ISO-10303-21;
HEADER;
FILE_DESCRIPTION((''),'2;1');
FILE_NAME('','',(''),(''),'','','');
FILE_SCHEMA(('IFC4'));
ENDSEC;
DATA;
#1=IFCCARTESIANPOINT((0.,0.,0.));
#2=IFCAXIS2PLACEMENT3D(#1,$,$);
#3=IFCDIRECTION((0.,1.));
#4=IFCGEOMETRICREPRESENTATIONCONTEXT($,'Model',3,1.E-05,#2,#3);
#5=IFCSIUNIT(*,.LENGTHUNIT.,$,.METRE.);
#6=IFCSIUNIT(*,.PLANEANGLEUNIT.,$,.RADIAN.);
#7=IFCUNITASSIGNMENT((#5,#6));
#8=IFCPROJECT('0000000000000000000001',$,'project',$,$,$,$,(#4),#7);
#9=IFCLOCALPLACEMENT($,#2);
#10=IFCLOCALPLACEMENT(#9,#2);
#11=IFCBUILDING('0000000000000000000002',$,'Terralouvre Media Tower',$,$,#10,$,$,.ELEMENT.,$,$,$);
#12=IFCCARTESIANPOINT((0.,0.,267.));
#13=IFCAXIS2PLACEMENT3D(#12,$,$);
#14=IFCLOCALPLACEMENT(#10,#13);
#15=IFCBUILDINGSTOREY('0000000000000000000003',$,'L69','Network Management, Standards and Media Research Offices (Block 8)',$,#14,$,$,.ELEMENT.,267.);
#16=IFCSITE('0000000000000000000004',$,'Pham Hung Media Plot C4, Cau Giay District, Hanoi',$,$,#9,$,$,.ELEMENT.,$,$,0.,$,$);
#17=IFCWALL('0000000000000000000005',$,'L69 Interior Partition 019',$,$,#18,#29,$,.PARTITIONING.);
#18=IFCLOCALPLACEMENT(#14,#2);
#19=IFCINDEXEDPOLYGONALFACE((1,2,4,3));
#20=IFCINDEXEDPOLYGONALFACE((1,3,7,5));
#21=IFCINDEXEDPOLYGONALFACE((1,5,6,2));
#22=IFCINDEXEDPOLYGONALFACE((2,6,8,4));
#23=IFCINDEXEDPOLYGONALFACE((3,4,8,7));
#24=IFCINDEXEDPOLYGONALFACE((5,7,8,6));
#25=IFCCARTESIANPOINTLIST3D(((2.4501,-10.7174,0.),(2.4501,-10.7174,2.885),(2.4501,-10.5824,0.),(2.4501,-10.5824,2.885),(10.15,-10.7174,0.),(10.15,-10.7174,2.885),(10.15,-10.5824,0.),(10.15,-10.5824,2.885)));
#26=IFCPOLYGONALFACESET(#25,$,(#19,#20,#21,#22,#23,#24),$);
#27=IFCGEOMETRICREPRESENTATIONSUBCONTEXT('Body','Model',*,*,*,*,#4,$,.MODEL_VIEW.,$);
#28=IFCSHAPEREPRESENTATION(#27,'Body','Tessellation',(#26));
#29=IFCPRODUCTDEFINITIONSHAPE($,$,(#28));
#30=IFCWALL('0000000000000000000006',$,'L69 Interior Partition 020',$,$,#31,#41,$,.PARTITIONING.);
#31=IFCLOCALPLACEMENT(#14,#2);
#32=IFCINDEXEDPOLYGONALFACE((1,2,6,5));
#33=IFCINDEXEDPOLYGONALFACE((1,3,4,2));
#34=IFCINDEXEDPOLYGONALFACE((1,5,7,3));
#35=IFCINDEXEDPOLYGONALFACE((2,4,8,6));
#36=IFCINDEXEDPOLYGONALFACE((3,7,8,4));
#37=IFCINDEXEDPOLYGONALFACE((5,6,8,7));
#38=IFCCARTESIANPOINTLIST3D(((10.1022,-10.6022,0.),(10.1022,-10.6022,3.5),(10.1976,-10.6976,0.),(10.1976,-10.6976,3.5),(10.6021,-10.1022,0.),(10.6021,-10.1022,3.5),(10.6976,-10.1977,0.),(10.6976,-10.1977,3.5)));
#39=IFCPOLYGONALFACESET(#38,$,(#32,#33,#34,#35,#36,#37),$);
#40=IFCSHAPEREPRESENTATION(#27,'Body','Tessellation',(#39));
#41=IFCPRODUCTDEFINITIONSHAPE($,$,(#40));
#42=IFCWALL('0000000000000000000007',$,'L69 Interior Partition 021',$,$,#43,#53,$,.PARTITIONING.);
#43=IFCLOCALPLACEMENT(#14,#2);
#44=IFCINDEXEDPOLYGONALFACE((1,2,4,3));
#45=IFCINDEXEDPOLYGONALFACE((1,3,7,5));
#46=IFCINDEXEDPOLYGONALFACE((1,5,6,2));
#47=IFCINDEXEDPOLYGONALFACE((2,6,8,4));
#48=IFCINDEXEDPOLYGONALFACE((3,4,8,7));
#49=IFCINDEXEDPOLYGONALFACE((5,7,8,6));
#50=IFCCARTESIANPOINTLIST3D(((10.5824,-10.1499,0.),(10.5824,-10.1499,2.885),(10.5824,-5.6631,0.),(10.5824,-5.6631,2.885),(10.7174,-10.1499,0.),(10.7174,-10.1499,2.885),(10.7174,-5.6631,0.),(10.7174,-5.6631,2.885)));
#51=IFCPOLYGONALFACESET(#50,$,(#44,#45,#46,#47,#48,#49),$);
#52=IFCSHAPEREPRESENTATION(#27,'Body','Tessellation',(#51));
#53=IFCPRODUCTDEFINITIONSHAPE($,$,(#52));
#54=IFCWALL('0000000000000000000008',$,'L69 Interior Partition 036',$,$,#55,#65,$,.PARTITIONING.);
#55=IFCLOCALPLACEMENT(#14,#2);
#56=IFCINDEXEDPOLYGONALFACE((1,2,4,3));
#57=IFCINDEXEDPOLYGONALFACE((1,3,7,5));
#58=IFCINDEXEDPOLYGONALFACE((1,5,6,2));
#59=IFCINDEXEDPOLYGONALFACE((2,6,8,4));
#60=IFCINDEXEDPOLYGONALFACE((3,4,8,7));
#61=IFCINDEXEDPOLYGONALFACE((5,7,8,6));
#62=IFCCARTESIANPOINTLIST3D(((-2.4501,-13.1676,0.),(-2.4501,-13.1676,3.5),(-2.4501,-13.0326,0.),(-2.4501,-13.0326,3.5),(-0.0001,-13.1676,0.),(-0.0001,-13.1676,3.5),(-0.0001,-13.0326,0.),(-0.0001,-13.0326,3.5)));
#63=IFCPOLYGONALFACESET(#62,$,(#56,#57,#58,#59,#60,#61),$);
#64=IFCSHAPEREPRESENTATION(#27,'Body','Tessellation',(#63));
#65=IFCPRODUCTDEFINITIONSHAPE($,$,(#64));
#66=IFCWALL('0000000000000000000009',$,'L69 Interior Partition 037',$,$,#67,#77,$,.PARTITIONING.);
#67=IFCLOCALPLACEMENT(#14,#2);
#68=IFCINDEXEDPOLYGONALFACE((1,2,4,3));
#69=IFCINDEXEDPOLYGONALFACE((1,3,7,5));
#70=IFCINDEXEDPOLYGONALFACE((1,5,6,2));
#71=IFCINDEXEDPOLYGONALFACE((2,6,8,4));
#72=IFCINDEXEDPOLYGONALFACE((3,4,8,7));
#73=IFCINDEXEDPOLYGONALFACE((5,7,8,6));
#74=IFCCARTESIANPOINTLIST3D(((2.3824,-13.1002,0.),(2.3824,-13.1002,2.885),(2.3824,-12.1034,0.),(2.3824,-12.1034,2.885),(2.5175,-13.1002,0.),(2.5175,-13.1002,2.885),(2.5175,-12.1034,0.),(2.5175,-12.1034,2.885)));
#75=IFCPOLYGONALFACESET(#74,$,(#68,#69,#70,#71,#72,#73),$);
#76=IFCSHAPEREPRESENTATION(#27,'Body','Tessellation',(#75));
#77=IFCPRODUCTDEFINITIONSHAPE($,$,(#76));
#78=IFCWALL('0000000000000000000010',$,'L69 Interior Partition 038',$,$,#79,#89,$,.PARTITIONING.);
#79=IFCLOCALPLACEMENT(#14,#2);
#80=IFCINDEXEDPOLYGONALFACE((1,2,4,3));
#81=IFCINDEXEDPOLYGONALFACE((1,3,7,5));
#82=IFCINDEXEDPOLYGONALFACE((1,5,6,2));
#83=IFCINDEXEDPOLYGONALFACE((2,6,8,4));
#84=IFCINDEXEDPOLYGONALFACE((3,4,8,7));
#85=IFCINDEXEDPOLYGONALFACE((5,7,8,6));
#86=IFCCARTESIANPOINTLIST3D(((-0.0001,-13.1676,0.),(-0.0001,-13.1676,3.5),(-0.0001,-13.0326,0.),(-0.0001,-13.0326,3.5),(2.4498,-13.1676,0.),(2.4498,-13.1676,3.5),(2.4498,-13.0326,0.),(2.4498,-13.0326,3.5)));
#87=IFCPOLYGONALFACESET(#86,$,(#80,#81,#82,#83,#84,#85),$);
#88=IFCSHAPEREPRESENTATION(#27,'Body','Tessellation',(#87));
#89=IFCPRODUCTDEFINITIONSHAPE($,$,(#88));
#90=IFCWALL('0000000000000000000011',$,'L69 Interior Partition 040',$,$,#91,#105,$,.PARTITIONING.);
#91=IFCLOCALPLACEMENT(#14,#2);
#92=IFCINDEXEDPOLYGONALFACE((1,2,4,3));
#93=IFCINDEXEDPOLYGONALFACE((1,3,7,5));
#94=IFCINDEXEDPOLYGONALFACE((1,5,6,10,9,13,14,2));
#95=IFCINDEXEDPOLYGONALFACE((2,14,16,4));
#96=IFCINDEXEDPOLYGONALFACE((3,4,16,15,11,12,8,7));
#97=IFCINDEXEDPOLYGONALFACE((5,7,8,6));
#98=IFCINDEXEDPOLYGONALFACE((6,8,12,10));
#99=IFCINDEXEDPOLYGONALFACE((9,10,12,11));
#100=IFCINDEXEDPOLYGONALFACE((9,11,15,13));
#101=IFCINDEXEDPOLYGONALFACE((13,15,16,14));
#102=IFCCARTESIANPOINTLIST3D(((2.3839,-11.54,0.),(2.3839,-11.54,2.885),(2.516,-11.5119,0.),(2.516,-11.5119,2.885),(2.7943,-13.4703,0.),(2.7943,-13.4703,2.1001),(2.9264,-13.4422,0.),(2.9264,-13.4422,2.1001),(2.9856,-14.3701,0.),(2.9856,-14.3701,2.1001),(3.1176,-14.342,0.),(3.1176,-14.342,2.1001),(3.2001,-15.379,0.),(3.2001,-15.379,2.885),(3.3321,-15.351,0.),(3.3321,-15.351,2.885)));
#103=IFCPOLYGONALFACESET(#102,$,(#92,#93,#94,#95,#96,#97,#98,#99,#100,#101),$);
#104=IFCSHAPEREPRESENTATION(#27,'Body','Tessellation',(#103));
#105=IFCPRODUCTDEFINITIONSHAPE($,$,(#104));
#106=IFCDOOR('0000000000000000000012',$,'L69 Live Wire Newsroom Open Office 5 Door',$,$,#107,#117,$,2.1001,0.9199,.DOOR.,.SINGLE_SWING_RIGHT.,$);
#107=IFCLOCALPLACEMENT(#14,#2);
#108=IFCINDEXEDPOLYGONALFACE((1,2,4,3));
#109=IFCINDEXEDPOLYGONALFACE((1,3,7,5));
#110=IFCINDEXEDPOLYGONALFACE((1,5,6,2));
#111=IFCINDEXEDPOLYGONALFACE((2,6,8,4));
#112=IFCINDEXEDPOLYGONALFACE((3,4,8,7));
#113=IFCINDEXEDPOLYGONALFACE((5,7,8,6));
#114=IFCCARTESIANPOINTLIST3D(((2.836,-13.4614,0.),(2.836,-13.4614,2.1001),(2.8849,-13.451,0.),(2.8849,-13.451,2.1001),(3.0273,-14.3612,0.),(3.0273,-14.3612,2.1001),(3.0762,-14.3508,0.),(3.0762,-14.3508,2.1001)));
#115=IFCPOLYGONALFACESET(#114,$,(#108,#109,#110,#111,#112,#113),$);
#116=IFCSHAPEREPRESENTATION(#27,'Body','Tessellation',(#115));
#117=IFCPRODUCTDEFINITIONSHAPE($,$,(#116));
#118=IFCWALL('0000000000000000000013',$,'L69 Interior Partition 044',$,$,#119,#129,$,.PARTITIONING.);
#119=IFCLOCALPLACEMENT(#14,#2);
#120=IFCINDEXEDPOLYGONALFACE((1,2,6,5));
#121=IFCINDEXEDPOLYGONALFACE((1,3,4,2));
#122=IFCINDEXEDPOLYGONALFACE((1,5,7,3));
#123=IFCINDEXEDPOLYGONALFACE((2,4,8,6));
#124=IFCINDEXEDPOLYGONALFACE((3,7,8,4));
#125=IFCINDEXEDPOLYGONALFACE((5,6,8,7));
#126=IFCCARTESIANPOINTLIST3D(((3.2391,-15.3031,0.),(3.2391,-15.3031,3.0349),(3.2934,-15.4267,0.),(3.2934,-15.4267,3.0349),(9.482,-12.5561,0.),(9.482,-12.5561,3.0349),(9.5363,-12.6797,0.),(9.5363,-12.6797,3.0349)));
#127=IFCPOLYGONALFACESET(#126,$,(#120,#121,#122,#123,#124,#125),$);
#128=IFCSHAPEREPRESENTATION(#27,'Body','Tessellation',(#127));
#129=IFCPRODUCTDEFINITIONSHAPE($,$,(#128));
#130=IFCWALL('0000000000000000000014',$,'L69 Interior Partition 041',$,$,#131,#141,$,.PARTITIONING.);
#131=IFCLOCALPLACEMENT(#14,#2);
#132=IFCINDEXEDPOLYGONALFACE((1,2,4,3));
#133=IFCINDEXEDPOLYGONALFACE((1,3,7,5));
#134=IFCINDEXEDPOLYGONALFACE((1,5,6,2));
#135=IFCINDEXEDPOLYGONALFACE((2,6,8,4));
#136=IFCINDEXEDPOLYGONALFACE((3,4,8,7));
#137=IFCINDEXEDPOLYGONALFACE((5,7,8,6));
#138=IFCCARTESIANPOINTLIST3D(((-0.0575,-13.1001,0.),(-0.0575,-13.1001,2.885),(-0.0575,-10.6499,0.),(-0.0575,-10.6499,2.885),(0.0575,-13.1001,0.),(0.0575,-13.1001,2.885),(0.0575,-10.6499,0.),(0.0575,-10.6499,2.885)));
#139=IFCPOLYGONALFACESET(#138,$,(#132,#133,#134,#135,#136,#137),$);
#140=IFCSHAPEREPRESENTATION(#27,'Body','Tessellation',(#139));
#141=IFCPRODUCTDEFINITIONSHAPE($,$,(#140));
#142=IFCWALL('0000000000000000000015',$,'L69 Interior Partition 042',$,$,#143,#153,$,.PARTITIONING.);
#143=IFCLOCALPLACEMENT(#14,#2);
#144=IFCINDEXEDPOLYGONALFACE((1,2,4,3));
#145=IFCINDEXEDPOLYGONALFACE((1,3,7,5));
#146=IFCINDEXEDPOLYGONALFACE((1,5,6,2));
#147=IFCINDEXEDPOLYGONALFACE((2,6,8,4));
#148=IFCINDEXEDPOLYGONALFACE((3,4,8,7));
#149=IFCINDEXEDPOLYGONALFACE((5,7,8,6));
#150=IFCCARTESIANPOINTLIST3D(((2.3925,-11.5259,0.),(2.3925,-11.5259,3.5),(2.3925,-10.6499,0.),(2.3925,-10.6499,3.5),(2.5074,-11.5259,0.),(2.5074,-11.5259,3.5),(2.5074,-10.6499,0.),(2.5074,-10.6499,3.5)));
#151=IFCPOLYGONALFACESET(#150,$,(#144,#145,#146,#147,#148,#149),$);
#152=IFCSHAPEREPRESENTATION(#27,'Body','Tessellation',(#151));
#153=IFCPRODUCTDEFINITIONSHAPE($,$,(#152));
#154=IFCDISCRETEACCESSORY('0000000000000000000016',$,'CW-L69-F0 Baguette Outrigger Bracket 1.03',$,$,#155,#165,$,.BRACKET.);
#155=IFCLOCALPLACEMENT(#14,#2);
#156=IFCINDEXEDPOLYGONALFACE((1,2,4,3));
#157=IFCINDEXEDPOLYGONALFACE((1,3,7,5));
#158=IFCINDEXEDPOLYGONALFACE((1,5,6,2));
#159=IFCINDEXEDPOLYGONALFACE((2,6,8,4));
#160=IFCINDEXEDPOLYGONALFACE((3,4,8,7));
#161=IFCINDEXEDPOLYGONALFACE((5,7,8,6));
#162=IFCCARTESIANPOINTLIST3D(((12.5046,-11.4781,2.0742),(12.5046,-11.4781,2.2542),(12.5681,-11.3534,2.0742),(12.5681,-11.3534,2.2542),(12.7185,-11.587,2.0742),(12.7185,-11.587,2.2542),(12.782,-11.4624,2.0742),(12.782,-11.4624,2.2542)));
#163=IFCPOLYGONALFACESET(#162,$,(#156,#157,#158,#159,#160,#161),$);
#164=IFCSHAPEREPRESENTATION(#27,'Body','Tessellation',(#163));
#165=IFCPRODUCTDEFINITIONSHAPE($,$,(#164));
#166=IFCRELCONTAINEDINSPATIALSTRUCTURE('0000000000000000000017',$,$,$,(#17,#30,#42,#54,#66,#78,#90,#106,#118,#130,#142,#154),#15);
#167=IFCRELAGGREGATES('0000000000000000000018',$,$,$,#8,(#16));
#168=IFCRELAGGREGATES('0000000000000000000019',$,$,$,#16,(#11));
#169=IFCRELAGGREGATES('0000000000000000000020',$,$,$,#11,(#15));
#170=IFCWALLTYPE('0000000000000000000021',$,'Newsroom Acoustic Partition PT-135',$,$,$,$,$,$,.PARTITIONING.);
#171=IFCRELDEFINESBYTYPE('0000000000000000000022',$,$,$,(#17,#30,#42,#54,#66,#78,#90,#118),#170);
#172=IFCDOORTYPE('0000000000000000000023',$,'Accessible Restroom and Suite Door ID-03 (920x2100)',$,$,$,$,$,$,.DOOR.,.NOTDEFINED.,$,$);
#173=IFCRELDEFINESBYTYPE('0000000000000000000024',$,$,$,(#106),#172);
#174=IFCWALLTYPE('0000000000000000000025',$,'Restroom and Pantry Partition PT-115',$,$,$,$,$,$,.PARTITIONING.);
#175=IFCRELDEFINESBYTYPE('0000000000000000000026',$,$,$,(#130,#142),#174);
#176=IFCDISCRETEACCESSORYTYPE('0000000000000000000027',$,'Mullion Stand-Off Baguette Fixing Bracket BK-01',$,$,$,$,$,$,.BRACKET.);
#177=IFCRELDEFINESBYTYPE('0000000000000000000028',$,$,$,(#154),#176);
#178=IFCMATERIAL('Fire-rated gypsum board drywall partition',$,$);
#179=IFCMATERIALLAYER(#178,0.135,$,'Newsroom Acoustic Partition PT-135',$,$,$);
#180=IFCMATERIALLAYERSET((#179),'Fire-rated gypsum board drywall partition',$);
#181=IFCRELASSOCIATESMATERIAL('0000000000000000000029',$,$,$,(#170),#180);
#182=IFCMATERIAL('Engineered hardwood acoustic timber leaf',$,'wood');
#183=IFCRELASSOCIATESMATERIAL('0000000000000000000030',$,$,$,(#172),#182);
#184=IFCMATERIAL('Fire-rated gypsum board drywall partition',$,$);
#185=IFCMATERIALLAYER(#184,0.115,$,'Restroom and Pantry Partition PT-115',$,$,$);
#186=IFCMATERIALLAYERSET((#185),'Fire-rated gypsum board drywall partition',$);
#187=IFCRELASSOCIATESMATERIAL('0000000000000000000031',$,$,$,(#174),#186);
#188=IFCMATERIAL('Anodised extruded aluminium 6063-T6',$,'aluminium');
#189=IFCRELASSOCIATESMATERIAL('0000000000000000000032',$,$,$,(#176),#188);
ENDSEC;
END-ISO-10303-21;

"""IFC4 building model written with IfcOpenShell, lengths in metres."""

from ifc_helpers import new_model, si_unit, direction, frame, frame_2d, origin, origin_2d, place, context, subcontext, project, spatial, rectangle, extrude, material, layer, layer_set, type_object, element, fill, save


model = new_model("IFC4")

# Units and contexts
model_context = context("Model", 3, precision=1e-05, world=origin(), true_north=direction((0.0, 1.0)))
body_context = subcontext(model_context, "Body", "Model", "MODEL_VIEW")
ifc_project = project(units=[si_unit("LENGTHUNIT", "METRE"), si_unit("PLANEANGLEUNIT", "RADIAN")], contexts=[model_context])

# Site, building, storey
site_placement = place(None, origin())
site = spatial("IfcSite", under=ifc_project, at=site_placement, Name="Pham Hung Media Plot C4, Cau Giay District, Hanoi", CompositionType="ELEMENT", RefElevation=0.0)
building_placement = place(site_placement, origin())
building = spatial("IfcBuilding", under=site, at=building_placement, Name="Terralouvre Media Tower", CompositionType="ELEMENT")
storey_placement = place(building_placement, frame((0.0, 0.0, 267.0)))
storey = spatial("IfcBuildingStorey", under=building, at=storey_placement, Name="L69", Description="Network Management, Standards and Media Research Offices (Block 8)", CompositionType="ELEMENT", Elevation=267.0)

# Walls
ifc_material_1 = material(Name="Fire-rated gypsum board drywall partition")
ifc_layer_1 = layer(ifc_material_1, 0.135, Name="Newsroom Acoustic Partition PT-135")
ifc_layer_set_1 = layer_set([ifc_layer_1], Name="Fire-rated gypsum board drywall partition")
wall_type_1 = type_object("IfcWallType", Name="Newsroom Acoustic Partition PT-135", PredefinedType="PARTITIONING", material=ifc_layer_set_1)
wall_1_placement = place(storey_placement, frame((2.45, -10.6499, 0.0), z_axis=(0.0, 0.0, 1.0), x_axis=(1.0, 0.0, 0.0)))
element("IfcWall", 1, at=wall_1_placement, inside=storey, type_object=wall_type_1, Name="L69 Interior Partition 019", PredefinedType="PARTITIONING", context=body_context, shape_type="SweptSolid", body=[
    extrude(rectangle(XDim=7.7, YDim=0.135, at=frame_2d((3.8501, 0.0))), origin(), (0.0, 0.0, 1.0), 2.885),
])
wall_2_placement = place(storey_placement, frame((10.1499, -10.6499, 0.0), z_axis=(0.0, 0.0, 1.0), x_axis=(0.707107, 0.707107, 0.0)))
element("IfcWall", 2, at=wall_2_placement, inside=storey, type_object=wall_type_1, Name="L69 Interior Partition 020", PredefinedType="PARTITIONING", context=body_context, shape_type="SweptSolid", body=[
    extrude(rectangle(XDim=0.707, YDim=0.135, at=frame_2d((0.3535, 0.0))), origin(), (0.0, 0.0, 1.0), 3.5),
])
wall_3_placement = place(storey_placement, frame((10.6499, -10.1499, 0.0), z_axis=(0.0, 0.0, 1.0), x_axis=(0.0, 1.0, 0.0)))
element("IfcWall", 3, at=wall_3_placement, inside=storey, type_object=wall_type_1, Name="L69 Interior Partition 021", PredefinedType="PARTITIONING", context=body_context, shape_type="SweptSolid", body=[
    extrude(rectangle(XDim=4.4868, YDim=0.135, at=frame_2d((2.2434, 0.0))), origin(), (0.0, 0.0, 1.0), 2.885),
])
wall_4_placement = place(storey_placement, frame((0.0, -13.1001, 0.0), z_axis=(0.0, 0.0, 1.0), x_axis=(-1.0, 0.0, 0.0)))
element("IfcWall", 4, at=wall_4_placement, inside=storey, type_object=wall_type_1, Name="L69 Interior Partition 036", PredefinedType="PARTITIONING", context=body_context, shape_type="SweptSolid", body=[
    extrude(rectangle(XDim=2.45, YDim=0.135, at=frame_2d((1.2251, 0.0))), origin(), (0.0, 0.0, 1.0), 3.5),
])
wall_5_placement = place(storey_placement, frame((2.45, -12.1033, 0.0), z_axis=(0.0, 0.0, 1.0), x_axis=(0.0, -1.0, 0.0)))
element("IfcWall", 5, at=wall_5_placement, inside=storey, type_object=wall_type_1, Name="L69 Interior Partition 037", PredefinedType="PARTITIONING", context=body_context, shape_type="SweptSolid", body=[
    extrude(rectangle(XDim=0.9968, YDim=0.135, at=frame_2d((0.4985, 0.0))), origin(), (0.0, 0.0, 1.0), 2.885),
])
wall_6_placement = place(storey_placement, frame((2.45, -13.1001, 0.0), z_axis=(0.0, 0.0, 1.0), x_axis=(-1.0, 0.0, 0.0)))
element("IfcWall", 6, at=wall_6_placement, inside=storey, type_object=wall_type_1, Name="L69 Interior Partition 038", PredefinedType="PARTITIONING", context=body_context, shape_type="SweptSolid", body=[
    extrude(rectangle(XDim=2.45, YDim=0.135, at=frame_2d((1.2251, 0.0))), origin(), (0.0, 0.0, 1.0), 3.5),
])

# Wall, opening, door
wall_7_placement = place(storey_placement, frame((3.2661, -15.365, 0.0), z_axis=(0.0, 0.0, 1.0), x_axis=(-0.207944, 0.978141, 0.0)))
wall_7 = element("IfcWall", 7, at=wall_7_placement, inside=storey, type_object=wall_type_1, Name="L69 Interior Partition 040", PredefinedType="PARTITIONING", context=body_context, shape_type="SweptSolid", body=[
    extrude(rectangle(XDim=3.9248, YDim=0.135, at=frame_2d((1.9624, 0.0))), origin(), (0.0, 0.0, 1.0), 2.885),
])
opening_placement = place(wall_7_placement, frame((1.0315, 0.0, 0.0)))
opening = element("IfcOpeningElement", 8, at=opening_placement, cuts=wall_7, PredefinedType="OPENING", context=body_context, shape_type="SweptSolid", body=[
    extrude(rectangle(XDim=0.9199, YDim=2.1001, at=frame_2d((0.46, 1.05))), frame((0.0, 0.0774, 0.0), z_axis=(0.0, -1.0, 0.0), x_axis=(1.0, 0.0, 0.0)), (0.0, 0.0, 1.0), 0.155),
])
ifc_material_2 = material(Name="Engineered hardwood acoustic timber leaf", Category="wood")
door_type = type_object("IfcDoorType", Name="Accessible Restroom and Suite Door ID-03 (920x2100)", OperationType="NOTDEFINED", PredefinedType="DOOR", material=ifc_material_2)
door_placement = place(opening_placement, origin())
door = element("IfcDoor", 9, at=door_placement, inside=storey, type_object=door_type, Name="L69 Live Wire Newsroom Open Office 5 Door", OperationType="SINGLE_SWING_RIGHT", OverallHeight=2.1001, OverallWidth=0.9199, PredefinedType="DOOR", context=body_context, shape_type="SweptSolid", body=[
    extrude(rectangle(XDim=0.9199, YDim=2.1001, at=frame_2d((0.46, 1.05))), frame((0.0, 0.0249, 0.0), z_axis=(0.0, -1.0, 0.0), x_axis=(1.0, 0.0, 0.0)), (0.0, 0.0, 1.0), 0.05),
])
fill(opening, door)

# Walls
wall_8_placement = place(storey_placement, frame((9.509, -12.6179, 0.0), z_axis=(0.0, 0.0, 1.0), x_axis=(-0.915305, -0.402761, 0.0)))
element("IfcWall", 10, at=wall_8_placement, inside=storey, type_object=wall_type_1, Name="L69 Interior Partition 044", PredefinedType="PARTITIONING", context=body_context, shape_type="SweptSolid", body=[
    extrude(rectangle(XDim=6.8206, YDim=0.135, at=frame_2d((3.4102, 0.0))), origin(), (0.0, 0.0, 1.0), 3.0349),
])
ifc_material_3 = material(Name="Fire-rated gypsum board drywall partition")
ifc_layer_2 = layer(ifc_material_3, 0.115, Name="Restroom and Pantry Partition PT-115")
ifc_layer_set_2 = layer_set([ifc_layer_2], Name="Fire-rated gypsum board drywall partition")
wall_type_2 = type_object("IfcWallType", Name="Restroom and Pantry Partition PT-115", PredefinedType="PARTITIONING", material=ifc_layer_set_2)
wall_9_placement = place(storey_placement, frame((0.0, -13.1001, 0.0), z_axis=(0.0, 0.0, 1.0), x_axis=(0.0, 1.0, 0.0)))
element("IfcWall", 11, at=wall_9_placement, inside=storey, type_object=wall_type_2, Name="L69 Interior Partition 041", PredefinedType="PARTITIONING", context=body_context, shape_type="SweptSolid", body=[
    extrude(rectangle(XDim=2.4502, YDim=0.115, at=frame_2d((1.2251, 0.0))), origin(), (0.0, 0.0, 1.0), 2.885),
])
wall_10_placement = place(storey_placement, frame((2.45, -11.5259, 0.0), z_axis=(0.0, 0.0, 1.0), x_axis=(0.0, 1.0, 0.0)))
element("IfcWall", 12, at=wall_10_placement, inside=storey, type_object=wall_type_2, Name="L69 Interior Partition 042", PredefinedType="PARTITIONING", context=body_context, shape_type="SweptSolid", body=[
    extrude(rectangle(XDim=0.876, YDim=0.115, at=frame_2d((0.438, 0.0))), origin(), (0.0, 0.0, 1.0), 3.5),
])

# Discrete accessory
ifc_material_4 = material(Name="Anodised extruded aluminium 6063-T6", Category="aluminium")
discrete_accessory_type = type_object("IfcDiscreteAccessoryType", Name="Mullion Stand-Off Baguette Fixing Bracket BK-01", PredefinedType="BRACKET", material=ifc_material_4)
discrete_accessory_placement = place(storey_placement, frame((12.6433, -11.4702, 2.0742), z_axis=(0.0, 0.0, 1.0), x_axis=(0.45399, 0.891007, 0.0)))
element("IfcDiscreteAccessory", 13, at=discrete_accessory_placement, inside=storey, type_object=discrete_accessory_type, Name="CW-L69-F0 Baguette Outrigger Bracket 1.03", PredefinedType="BRACKET", context=body_context, shape_type="SweptSolid", body=[
    extrude(rectangle(XDim=0.1399, YDim=0.24, at=origin_2d()), origin(), (0.0, 0.0, 1.0), 0.1799),
])

save(model, "model.ifc")
